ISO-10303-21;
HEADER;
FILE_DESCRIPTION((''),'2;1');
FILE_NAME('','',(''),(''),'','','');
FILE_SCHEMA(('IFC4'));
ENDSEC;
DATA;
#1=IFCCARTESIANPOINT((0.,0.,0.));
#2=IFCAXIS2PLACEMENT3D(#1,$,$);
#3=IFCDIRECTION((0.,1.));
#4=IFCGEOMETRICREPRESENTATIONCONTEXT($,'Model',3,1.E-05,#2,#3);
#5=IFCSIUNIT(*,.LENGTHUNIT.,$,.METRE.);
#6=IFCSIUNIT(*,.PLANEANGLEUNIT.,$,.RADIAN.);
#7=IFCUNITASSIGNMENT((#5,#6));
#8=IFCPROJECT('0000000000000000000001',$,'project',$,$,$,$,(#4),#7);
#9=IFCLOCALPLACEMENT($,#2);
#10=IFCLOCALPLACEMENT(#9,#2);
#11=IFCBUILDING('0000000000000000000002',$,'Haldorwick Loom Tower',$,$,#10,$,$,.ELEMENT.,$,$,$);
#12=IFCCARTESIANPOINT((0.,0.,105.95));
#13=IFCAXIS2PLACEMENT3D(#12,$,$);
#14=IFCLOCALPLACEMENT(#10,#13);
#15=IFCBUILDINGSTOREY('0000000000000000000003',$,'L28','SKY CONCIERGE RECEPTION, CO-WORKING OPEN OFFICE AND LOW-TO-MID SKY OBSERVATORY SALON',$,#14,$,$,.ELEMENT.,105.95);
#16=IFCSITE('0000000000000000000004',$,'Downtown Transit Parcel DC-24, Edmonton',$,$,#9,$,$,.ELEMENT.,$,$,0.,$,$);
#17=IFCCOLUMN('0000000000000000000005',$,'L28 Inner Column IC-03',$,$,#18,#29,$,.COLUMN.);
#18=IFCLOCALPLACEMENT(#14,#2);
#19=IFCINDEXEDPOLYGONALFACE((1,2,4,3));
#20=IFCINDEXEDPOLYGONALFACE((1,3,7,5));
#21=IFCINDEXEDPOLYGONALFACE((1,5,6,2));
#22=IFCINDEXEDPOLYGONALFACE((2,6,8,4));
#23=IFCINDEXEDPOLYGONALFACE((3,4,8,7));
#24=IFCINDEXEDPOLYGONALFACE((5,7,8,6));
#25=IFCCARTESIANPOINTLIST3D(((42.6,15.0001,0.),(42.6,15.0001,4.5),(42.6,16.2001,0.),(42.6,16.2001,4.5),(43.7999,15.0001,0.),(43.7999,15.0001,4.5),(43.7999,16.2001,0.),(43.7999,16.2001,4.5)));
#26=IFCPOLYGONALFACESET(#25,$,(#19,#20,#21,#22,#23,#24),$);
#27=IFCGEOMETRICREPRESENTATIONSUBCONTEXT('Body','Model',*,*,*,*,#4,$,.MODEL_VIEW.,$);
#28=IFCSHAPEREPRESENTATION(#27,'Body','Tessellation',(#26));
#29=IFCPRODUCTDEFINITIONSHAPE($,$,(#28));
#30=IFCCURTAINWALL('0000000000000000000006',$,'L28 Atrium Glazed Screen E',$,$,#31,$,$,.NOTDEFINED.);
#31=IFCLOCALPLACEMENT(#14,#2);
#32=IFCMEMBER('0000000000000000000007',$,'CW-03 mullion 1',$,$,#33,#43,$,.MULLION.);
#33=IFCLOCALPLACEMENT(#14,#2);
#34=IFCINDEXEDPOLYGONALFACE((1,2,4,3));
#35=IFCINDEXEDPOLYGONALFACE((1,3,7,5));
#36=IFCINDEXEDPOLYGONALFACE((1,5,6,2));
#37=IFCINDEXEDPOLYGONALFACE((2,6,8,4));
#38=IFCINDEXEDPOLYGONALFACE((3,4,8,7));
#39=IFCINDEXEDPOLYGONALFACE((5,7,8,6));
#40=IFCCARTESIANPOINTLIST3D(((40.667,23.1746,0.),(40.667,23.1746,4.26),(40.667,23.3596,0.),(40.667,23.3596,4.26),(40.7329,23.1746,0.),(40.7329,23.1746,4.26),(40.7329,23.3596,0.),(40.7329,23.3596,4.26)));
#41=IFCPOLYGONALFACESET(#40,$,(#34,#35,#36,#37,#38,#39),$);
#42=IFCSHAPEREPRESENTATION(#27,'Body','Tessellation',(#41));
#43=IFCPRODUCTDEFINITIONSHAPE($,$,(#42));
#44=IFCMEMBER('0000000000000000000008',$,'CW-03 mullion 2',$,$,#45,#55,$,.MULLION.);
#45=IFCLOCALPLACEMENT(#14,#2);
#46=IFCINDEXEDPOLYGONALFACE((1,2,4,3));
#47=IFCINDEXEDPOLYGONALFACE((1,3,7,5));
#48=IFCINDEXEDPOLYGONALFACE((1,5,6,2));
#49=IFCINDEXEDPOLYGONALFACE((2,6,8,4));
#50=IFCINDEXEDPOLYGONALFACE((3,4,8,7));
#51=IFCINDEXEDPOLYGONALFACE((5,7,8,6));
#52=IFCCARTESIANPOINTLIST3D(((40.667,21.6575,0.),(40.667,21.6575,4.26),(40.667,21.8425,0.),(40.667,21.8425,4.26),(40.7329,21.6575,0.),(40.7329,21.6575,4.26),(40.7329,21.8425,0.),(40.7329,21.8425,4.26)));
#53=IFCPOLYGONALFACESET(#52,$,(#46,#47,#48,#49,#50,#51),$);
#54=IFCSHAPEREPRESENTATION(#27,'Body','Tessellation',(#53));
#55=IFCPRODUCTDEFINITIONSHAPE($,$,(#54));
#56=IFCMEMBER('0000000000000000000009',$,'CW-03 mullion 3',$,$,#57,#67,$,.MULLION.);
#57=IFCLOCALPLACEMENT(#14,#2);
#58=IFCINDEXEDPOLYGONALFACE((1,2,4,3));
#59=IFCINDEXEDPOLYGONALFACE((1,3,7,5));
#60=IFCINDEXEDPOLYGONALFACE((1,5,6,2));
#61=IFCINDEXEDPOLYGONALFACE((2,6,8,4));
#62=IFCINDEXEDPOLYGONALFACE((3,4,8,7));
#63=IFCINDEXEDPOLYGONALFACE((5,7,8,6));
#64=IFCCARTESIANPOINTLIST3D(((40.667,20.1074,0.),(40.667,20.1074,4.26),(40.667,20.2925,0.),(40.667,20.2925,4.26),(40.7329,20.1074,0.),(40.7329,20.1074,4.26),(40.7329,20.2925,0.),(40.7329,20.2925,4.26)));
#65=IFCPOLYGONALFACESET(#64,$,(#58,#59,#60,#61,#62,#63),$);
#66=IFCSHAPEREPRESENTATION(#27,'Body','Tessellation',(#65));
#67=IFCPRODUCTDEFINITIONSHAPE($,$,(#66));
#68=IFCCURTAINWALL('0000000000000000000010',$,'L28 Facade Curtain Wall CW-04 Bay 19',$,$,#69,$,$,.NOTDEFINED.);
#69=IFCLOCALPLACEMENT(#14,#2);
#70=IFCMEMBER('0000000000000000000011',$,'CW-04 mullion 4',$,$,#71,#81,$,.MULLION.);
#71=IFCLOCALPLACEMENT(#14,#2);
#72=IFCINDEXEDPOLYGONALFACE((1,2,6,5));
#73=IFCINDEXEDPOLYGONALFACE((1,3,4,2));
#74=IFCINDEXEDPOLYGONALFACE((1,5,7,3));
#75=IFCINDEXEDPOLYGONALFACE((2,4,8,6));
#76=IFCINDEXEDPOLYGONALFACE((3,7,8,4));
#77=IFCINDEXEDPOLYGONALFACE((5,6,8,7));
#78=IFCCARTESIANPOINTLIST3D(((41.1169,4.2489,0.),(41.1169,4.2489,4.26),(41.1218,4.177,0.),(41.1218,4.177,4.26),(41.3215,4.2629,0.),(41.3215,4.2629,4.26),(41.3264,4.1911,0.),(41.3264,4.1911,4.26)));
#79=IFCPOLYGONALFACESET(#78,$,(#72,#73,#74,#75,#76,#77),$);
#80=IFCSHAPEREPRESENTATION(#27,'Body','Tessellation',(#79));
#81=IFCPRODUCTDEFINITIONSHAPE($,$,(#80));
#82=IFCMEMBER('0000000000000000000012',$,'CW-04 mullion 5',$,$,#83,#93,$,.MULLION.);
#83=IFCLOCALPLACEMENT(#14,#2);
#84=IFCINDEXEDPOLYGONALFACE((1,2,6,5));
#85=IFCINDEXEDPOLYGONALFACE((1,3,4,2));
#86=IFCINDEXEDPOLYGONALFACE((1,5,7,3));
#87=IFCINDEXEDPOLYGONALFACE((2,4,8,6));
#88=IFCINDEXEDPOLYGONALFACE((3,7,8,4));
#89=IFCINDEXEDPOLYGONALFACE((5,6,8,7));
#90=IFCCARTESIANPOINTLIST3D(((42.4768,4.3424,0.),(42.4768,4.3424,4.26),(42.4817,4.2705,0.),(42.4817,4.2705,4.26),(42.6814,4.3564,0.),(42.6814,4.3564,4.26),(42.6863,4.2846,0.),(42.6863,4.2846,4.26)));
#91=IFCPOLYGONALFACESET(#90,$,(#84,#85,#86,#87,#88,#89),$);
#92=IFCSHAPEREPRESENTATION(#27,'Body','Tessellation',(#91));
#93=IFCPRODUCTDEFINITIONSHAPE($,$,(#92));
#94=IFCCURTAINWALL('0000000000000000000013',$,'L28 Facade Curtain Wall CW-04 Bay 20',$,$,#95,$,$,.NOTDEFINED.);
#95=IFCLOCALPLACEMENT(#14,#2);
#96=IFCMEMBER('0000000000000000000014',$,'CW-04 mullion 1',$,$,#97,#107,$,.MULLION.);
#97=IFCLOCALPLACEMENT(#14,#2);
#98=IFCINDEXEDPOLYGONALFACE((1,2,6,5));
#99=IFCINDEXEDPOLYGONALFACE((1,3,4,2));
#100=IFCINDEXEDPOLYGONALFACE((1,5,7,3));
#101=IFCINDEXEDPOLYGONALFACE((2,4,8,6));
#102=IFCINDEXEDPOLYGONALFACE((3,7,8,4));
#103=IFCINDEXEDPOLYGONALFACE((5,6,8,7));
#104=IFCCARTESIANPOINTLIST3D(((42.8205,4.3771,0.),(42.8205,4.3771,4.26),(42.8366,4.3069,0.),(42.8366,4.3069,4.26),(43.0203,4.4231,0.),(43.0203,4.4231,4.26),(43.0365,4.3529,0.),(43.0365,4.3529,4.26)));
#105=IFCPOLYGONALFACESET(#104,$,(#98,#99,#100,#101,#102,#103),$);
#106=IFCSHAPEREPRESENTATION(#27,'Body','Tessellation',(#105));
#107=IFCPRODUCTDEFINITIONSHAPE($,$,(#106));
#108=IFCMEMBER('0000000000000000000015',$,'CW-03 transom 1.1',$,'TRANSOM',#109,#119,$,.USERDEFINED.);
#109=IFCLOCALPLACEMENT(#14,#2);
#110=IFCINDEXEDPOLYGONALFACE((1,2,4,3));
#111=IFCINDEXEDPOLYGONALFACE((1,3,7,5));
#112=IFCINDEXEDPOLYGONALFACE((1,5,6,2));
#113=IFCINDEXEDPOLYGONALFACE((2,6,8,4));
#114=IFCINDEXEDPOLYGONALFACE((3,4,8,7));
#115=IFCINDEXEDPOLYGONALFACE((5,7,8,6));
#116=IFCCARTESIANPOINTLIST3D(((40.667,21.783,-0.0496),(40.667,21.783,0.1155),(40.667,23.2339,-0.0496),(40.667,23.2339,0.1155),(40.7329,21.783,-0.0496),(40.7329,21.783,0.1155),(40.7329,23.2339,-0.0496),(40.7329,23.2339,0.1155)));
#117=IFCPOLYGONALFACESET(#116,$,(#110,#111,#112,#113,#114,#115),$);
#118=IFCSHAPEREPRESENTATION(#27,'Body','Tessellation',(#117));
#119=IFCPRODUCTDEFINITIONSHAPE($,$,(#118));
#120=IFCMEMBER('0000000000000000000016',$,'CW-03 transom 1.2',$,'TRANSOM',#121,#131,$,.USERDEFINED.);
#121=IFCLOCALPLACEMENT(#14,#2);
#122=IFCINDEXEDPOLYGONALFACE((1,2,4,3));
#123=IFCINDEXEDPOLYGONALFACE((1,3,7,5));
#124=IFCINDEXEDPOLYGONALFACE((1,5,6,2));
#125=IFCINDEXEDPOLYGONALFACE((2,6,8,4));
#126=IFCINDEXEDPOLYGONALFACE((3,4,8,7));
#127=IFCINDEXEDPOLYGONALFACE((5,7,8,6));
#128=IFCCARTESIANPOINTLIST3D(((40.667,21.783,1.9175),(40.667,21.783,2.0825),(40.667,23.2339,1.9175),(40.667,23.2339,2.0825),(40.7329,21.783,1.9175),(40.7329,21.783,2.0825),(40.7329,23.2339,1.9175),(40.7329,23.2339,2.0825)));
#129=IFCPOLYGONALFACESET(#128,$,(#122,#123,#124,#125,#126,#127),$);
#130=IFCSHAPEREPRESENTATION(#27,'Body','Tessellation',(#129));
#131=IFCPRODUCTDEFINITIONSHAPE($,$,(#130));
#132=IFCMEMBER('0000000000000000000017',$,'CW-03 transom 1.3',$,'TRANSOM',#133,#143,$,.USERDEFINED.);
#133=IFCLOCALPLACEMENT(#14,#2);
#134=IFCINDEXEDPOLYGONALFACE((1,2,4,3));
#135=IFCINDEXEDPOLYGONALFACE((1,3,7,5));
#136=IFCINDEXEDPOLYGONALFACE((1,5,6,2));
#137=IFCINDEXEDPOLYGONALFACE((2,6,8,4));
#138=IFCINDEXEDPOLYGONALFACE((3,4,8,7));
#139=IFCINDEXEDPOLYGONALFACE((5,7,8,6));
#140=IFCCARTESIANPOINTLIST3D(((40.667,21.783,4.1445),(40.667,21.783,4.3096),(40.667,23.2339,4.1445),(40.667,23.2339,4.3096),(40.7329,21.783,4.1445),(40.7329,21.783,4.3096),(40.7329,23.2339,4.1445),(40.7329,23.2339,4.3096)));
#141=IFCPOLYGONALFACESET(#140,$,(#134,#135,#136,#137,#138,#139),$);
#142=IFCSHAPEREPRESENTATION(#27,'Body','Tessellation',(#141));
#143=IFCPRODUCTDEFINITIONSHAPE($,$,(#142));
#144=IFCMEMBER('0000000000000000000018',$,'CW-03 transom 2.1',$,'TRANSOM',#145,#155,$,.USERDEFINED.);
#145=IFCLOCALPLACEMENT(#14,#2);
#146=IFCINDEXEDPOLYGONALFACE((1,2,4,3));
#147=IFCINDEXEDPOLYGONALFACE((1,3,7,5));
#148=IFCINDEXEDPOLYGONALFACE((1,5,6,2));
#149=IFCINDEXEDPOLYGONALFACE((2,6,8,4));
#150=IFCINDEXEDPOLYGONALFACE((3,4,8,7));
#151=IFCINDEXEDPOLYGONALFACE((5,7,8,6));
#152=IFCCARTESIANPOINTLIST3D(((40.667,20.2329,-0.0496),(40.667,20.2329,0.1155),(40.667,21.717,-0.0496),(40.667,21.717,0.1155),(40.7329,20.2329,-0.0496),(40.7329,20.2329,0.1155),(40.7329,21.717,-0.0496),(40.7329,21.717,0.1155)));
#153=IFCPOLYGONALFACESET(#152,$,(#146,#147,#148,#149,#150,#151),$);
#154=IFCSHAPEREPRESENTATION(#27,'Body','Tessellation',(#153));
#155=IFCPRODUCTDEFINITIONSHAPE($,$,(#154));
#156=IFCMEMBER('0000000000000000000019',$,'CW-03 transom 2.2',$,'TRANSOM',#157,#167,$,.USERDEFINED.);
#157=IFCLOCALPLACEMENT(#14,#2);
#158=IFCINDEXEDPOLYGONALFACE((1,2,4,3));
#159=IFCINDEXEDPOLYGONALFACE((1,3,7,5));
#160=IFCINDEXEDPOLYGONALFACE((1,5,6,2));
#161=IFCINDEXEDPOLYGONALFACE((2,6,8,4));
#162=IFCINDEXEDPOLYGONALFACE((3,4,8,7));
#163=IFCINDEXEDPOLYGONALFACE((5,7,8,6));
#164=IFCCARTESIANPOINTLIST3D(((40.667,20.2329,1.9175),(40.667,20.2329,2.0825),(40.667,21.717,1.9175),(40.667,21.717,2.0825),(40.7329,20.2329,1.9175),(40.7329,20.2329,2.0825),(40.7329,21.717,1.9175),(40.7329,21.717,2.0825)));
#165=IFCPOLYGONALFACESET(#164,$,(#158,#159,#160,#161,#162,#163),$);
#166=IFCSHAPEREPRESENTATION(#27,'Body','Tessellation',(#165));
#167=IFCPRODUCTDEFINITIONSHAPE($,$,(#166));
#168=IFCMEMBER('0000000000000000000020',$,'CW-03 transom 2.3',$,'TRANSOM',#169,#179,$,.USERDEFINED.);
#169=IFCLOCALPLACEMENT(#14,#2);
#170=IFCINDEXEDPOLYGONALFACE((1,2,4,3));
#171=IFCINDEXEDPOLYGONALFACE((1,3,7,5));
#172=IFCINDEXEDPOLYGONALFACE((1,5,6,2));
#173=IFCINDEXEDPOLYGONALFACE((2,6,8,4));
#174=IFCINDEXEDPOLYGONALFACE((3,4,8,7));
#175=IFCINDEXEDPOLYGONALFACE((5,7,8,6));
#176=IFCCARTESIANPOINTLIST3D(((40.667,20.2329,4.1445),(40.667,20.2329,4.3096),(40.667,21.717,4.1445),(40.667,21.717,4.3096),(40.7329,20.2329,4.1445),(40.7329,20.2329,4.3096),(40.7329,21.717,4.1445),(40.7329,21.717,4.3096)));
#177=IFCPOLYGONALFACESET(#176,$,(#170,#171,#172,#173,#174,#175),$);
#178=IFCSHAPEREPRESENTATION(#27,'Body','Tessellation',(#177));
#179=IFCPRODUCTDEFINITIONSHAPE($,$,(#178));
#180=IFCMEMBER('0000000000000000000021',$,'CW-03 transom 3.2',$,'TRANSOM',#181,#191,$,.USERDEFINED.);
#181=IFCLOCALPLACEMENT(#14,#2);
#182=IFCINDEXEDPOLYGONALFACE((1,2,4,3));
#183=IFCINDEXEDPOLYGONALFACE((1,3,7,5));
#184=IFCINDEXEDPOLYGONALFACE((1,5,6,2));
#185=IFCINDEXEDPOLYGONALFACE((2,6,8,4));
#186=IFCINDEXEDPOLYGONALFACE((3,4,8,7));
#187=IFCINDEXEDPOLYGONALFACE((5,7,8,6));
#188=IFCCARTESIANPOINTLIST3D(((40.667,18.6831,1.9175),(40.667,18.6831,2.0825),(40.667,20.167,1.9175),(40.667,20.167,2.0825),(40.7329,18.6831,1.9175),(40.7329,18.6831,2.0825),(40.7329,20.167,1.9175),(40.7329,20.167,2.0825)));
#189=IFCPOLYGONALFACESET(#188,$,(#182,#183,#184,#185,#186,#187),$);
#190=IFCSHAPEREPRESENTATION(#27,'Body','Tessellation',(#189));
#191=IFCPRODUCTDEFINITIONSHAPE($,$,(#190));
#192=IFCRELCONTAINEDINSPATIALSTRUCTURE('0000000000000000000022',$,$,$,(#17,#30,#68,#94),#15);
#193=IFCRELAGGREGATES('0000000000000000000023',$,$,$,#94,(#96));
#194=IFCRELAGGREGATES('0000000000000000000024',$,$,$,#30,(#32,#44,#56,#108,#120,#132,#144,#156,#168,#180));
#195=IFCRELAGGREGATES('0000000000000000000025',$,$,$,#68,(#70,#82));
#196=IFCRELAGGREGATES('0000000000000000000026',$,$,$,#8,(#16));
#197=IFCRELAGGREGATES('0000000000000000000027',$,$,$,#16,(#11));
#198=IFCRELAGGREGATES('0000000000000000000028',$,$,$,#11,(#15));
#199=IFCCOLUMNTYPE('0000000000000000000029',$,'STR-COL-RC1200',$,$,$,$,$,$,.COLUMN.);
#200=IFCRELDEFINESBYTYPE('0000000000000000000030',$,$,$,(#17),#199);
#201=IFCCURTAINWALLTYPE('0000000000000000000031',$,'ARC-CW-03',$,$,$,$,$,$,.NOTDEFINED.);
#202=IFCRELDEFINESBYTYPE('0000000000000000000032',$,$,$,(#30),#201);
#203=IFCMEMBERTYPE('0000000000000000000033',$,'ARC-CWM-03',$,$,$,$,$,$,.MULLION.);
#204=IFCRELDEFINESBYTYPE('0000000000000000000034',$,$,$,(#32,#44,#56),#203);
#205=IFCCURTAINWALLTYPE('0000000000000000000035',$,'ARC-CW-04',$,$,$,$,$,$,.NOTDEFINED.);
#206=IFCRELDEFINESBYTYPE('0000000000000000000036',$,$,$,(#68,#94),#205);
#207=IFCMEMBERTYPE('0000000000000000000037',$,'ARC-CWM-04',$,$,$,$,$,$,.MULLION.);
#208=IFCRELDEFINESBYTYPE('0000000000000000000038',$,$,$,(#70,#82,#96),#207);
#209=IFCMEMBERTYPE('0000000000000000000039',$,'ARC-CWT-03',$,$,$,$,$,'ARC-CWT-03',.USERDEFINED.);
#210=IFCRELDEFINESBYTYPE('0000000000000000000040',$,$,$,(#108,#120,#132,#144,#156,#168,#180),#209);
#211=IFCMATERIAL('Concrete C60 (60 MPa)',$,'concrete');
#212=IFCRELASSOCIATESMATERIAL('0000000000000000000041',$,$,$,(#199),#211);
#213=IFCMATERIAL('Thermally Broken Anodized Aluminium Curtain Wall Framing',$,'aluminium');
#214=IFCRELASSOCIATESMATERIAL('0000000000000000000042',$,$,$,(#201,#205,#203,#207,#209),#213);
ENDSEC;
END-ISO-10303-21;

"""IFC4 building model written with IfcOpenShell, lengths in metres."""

from ifc_helpers import new_model, si_unit, direction, frame, origin, origin_2d, place, context, subcontext, project, spatial, rectangle, extrude, material, material_profile, profile_set, type_object, element, aggregate, save


model = new_model("IFC4")

# Units and contexts
model_context = context("Model", 3, precision=1e-05, world=origin(), true_north=direction((0.0, 1.0)))
body_context = subcontext(model_context, "Body", "Model", "MODEL_VIEW")
ifc_project = project(units=[si_unit("LENGTHUNIT", "METRE"), si_unit("PLANEANGLEUNIT", "RADIAN")], contexts=[model_context])

# Site, building, storey
site_placement = place(None, origin())
site = spatial("IfcSite", under=ifc_project, at=site_placement, Name="Downtown Transit Parcel DC-24, Edmonton", CompositionType="ELEMENT", RefElevation=0.0)
building_placement = place(site_placement, origin())
building = spatial("IfcBuilding", under=site, at=building_placement, Name="Haldorwick Loom Tower", CompositionType="ELEMENT")
storey_placement = place(building_placement, frame((0.0, 0.0, 105.95)))
storey = spatial("IfcBuildingStorey", under=building, at=storey_placement, Name="L28", Description="SKY CONCIERGE RECEPTION, CO-WORKING OPEN OFFICE AND LOW-TO-MID SKY OBSERVATORY SALON", CompositionType="ELEMENT", Elevation=105.95)

# Column
ifc_material_1 = material(Name="Concrete C60 (60 MPa)", Category="concrete")
ifc_material_profile_1 = material_profile(ifc_material_1, rectangle(XDim=1.2, YDim=1.2, at=origin_2d()), Name="RC1200X1200", Category="concrete")
ifc_profile_set_1 = profile_set([ifc_material_profile_1], Name="Concrete C60 (60 MPa)")
column_type = type_object("IfcColumnType", Name="STR-COL-RC1200", PredefinedType="COLUMN", material=ifc_profile_set_1)
column_placement = place(storey_placement, frame((43.2, 15.6001, 0.0), z_axis=(0.0, 0.0, 1.0), x_axis=(1.0, 0.0, 0.0)))
element("IfcColumn", 1, at=column_placement, inside=storey, type_object=column_type, Name="L28 Inner Column IC-03", PredefinedType="COLUMN", context=body_context, shape_type="SweptSolid", body=[
    extrude(rectangle(XDim=1.2, YDim=1.2, at=origin_2d()), origin(), (0.0, 0.0, 1.0), 4.5),
])

# Curtain walls, members
ifc_material_2 = material(Name="Thermally Broken Anodized Aluminium Curtain Wall Framing", Category="aluminium")
curtain_wall_type_1 = type_object("IfcCurtainWallType", Name="ARC-CW-03", PredefinedType="NOTDEFINED", material=ifc_material_2)
curtain_wall_1_placement = place(storey_placement, origin())
curtain_wall_1 = element("IfcCurtainWall", 2, at=curtain_wall_1_placement, inside=storey, type_object=curtain_wall_type_1, Name="L28 Atrium Glazed Screen E", PredefinedType="NOTDEFINED")
ifc_material_profile_2 = material_profile(ifc_material_2, rectangle(XDim=0.0659, YDim=0.1851, at=origin_2d()), Name="ALU_MUL_66X185", Category="aluminium")
ifc_profile_set_2 = profile_set([ifc_material_profile_2], Name="Thermally Broken Anodized Aluminium Curtain Wall Framing")
member_type_1 = type_object("IfcMemberType", Name="ARC-CWM-03", PredefinedType="MULLION", material=ifc_profile_set_2)
member_1_placement = place(storey_placement, frame((40.7, 23.2671, 0.0), z_axis=(0.0, 0.0, 1.0), x_axis=(1.0, 0.0, 0.0)))
member_1 = element("IfcMember", 3, at=member_1_placement, type_object=member_type_1, Name="CW-03 mullion 1", PredefinedType="MULLION", context=body_context, shape_type="SweptSolid", body=[
    extrude(rectangle(XDim=0.0659, YDim=0.1851, at=origin_2d()), origin(), (0.0, 0.0, 1.0), 4.26),
])
member_2_placement = place(storey_placement, frame((40.7, 21.75, 0.0), z_axis=(0.0, 0.0, 1.0), x_axis=(1.0, 0.0, 0.0)))
member_2 = element("IfcMember", 4, at=member_2_placement, type_object=member_type_1, Name="CW-03 mullion 2", PredefinedType="MULLION", context=body_context, shape_type="SweptSolid", body=[
    extrude(rectangle(XDim=0.0659, YDim=0.1851, at=origin_2d()), origin(), (0.0, 0.0, 1.0), 4.26),
])
member_3_placement = place(storey_placement, frame((40.7, 20.2, 0.0), z_axis=(0.0, 0.0, 1.0), x_axis=(1.0, 0.0, 0.0)))
member_3 = element("IfcMember", 5, at=member_3_placement, type_object=member_type_1, Name="CW-03 mullion 3", PredefinedType="MULLION", context=body_context, shape_type="SweptSolid", body=[
    extrude(rectangle(XDim=0.0659, YDim=0.1851, at=origin_2d()), origin(), (0.0, 0.0, 1.0), 4.26),
])
curtain_wall_type_2 = type_object("IfcCurtainWallType", Name="ARC-CW-04", PredefinedType="NOTDEFINED", material=ifc_material_2)
curtain_wall_2_placement = place(storey_placement, origin())
curtain_wall_2 = element("IfcCurtainWall", 6, at=curtain_wall_2_placement, inside=storey, type_object=curtain_wall_type_2, Name="L28 Facade Curtain Wall CW-04 Bay 19", PredefinedType="NOTDEFINED")
ifc_material_profile_3 = material_profile(ifc_material_2, rectangle(XDim=0.072, YDim=0.2051, at=origin_2d()), Name="ALU_MUL_72X205", Category="aluminium")
ifc_profile_set_3 = profile_set([ifc_material_profile_3], Name="Thermally Broken Anodized Aluminium Curtain Wall Framing")
member_type_2 = type_object("IfcMemberType", Name="ARC-CWM-04", PredefinedType="MULLION", material=ifc_profile_set_3)
member_4_placement = place(storey_placement, frame((41.2217, 4.22, 0.0), z_axis=(0.0, 0.0, 1.0), x_axis=(-0.068496, 0.997651, 0.0)))
member_4 = element("IfcMember", 7, at=member_4_placement, type_object=member_type_2, Name="CW-04 mullion 4", PredefinedType="MULLION", context=body_context, shape_type="SweptSolid", body=[
    extrude(rectangle(XDim=0.072, YDim=0.2051, at=origin_2d()), origin(), (0.0, 0.0, 1.0), 4.26),
])
member_5_placement = place(storey_placement, frame((42.5815, 4.3135, 0.0), z_axis=(0.0, 0.0, 1.0), x_axis=(-0.068496, 0.997651, 0.0)))
member_5 = element("IfcMember", 8, at=member_5_placement, type_object=member_type_2, Name="CW-04 mullion 5", PredefinedType="MULLION", context=body_context, shape_type="SweptSolid", body=[
    extrude(rectangle(XDim=0.072, YDim=0.2051, at=origin_2d()), origin(), (0.0, 0.0, 1.0), 4.26),
])

# Curtain wall, member
curtain_wall_3_placement = place(storey_placement, origin())
curtain_wall_3 = element("IfcCurtainWall", 9, at=curtain_wall_3_placement, inside=storey, type_object=curtain_wall_type_2, Name="L28 Facade Curtain Wall CW-04 Bay 20", PredefinedType="NOTDEFINED")
member_6_placement = place(storey_placement, frame((42.9285, 4.365, 0.0), z_axis=(0.0, 0.0, 1.0), x_axis=(-0.223981, 0.974593, 0.0)))
member_6 = element("IfcMember", 10, at=member_6_placement, type_object=member_type_2, Name="CW-04 mullion 1", PredefinedType="MULLION", context=body_context, shape_type="SweptSolid", body=[
    extrude(rectangle(XDim=0.072, YDim=0.2051, at=origin_2d()), origin(), (0.0, 0.0, 1.0), 4.26),
])

# Members
ifc_material_profile_4 = material_profile(ifc_material_2, rectangle(XDim=0.0659, YDim=0.165, at=origin_2d()), Name="ALU_TRN_66X165", Category="aluminium")
ifc_profile_set_4 = profile_set([ifc_material_profile_4], Name="Thermally Broken Anodized Aluminium Curtain Wall Framing")
member_type_3 = type_object("IfcMemberType", Name="ARC-CWT-03", ElementType="ARC-CWT-03", PredefinedType="USERDEFINED", material=ifc_profile_set_4)
member_7_placement = place(storey_placement, frame((40.7, 23.2339, 0.033), z_axis=(0.0, -1.0, 0.0), x_axis=(1.0, 0.0, 0.0)))
member_7 = element("IfcMember", 11, at=member_7_placement, type_object=member_type_3, Name="CW-03 transom 1.1", ObjectType="TRANSOM", PredefinedType="USERDEFINED", context=body_context, shape_type="SweptSolid", body=[
    extrude(rectangle(XDim=0.0659, YDim=0.165, at=origin_2d()), origin(), (0.0, 0.0, 1.0), 1.4509),
])
member_8_placement = place(storey_placement, frame((40.7, 23.2339, 2.0), z_axis=(0.0, -1.0, 0.0), x_axis=(1.0, 0.0, 0.0)))
member_8 = element("IfcMember", 12, at=member_8_placement, type_object=member_type_3, Name="CW-03 transom 1.2", ObjectType="TRANSOM", PredefinedType="USERDEFINED", context=body_context, shape_type="SweptSolid", body=[
    extrude(rectangle(XDim=0.0659, YDim=0.165, at=origin_2d()), origin(), (0.0, 0.0, 1.0), 1.4509),
])
member_9_placement = place(storey_placement, frame((40.7, 23.2339, 4.2271), z_axis=(0.0, -1.0, 0.0), x_axis=(1.0, 0.0, 0.0)))
member_9 = element("IfcMember", 13, at=member_9_placement, type_object=member_type_3, Name="CW-03 transom 1.3", ObjectType="TRANSOM", PredefinedType="USERDEFINED", context=body_context, shape_type="SweptSolid", body=[
    extrude(rectangle(XDim=0.0659, YDim=0.165, at=origin_2d()), origin(), (0.0, 0.0, 1.0), 1.4509),
])
member_10_placement = place(storey_placement, frame((40.7, 21.717, 0.033), z_axis=(0.0, -1.0, 0.0), x_axis=(1.0, 0.0, 0.0)))
member_10 = element("IfcMember", 14, at=member_10_placement, type_object=member_type_3, Name="CW-03 transom 2.1", ObjectType="TRANSOM", PredefinedType="USERDEFINED", context=body_context, shape_type="SweptSolid", body=[
    extrude(rectangle(XDim=0.0659, YDim=0.165, at=origin_2d()), origin(), (0.0, 0.0, 1.0), 1.4841),
])
member_11_placement = place(storey_placement, frame((40.7, 21.717, 2.0), z_axis=(0.0, -1.0, 0.0), x_axis=(1.0, 0.0, 0.0)))
member_11 = element("IfcMember", 15, at=member_11_placement, type_object=member_type_3, Name="CW-03 transom 2.2", ObjectType="TRANSOM", PredefinedType="USERDEFINED", context=body_context, shape_type="SweptSolid", body=[
    extrude(rectangle(XDim=0.0659, YDim=0.165, at=origin_2d()), origin(), (0.0, 0.0, 1.0), 1.4841),
])
member_12_placement = place(storey_placement, frame((40.7, 21.717, 4.2271), z_axis=(0.0, -1.0, 0.0), x_axis=(1.0, 0.0, 0.0)))
member_12 = element("IfcMember", 16, at=member_12_placement, type_object=member_type_3, Name="CW-03 transom 2.3", ObjectType="TRANSOM", PredefinedType="USERDEFINED", context=body_context, shape_type="SweptSolid", body=[
    extrude(rectangle(XDim=0.0659, YDim=0.165, at=origin_2d()), origin(), (0.0, 0.0, 1.0), 1.4841),
])
member_13_placement = place(storey_placement, frame((40.7, 20.167, 2.0), z_axis=(0.0, -1.0, 0.0), x_axis=(1.0, 0.0, 0.0)))
member_13 = element("IfcMember", 17, at=member_13_placement, type_object=member_type_3, Name="CW-03 transom 3.2", ObjectType="TRANSOM", PredefinedType="USERDEFINED", context=body_context, shape_type="SweptSolid", body=[
    extrude(rectangle(XDim=0.0659, YDim=0.165, at=origin_2d()), origin(), (0.0, 0.0, 1.0), 1.4839),
])
aggregate(curtain_wall_3, [member_6])

aggregate(curtain_wall_1, [member_1, member_2, member_3, member_7, member_8, member_9, member_10, member_11, member_12, member_13])
aggregate(curtain_wall_2, [member_4, member_5])

save(model, "model.ifc")
